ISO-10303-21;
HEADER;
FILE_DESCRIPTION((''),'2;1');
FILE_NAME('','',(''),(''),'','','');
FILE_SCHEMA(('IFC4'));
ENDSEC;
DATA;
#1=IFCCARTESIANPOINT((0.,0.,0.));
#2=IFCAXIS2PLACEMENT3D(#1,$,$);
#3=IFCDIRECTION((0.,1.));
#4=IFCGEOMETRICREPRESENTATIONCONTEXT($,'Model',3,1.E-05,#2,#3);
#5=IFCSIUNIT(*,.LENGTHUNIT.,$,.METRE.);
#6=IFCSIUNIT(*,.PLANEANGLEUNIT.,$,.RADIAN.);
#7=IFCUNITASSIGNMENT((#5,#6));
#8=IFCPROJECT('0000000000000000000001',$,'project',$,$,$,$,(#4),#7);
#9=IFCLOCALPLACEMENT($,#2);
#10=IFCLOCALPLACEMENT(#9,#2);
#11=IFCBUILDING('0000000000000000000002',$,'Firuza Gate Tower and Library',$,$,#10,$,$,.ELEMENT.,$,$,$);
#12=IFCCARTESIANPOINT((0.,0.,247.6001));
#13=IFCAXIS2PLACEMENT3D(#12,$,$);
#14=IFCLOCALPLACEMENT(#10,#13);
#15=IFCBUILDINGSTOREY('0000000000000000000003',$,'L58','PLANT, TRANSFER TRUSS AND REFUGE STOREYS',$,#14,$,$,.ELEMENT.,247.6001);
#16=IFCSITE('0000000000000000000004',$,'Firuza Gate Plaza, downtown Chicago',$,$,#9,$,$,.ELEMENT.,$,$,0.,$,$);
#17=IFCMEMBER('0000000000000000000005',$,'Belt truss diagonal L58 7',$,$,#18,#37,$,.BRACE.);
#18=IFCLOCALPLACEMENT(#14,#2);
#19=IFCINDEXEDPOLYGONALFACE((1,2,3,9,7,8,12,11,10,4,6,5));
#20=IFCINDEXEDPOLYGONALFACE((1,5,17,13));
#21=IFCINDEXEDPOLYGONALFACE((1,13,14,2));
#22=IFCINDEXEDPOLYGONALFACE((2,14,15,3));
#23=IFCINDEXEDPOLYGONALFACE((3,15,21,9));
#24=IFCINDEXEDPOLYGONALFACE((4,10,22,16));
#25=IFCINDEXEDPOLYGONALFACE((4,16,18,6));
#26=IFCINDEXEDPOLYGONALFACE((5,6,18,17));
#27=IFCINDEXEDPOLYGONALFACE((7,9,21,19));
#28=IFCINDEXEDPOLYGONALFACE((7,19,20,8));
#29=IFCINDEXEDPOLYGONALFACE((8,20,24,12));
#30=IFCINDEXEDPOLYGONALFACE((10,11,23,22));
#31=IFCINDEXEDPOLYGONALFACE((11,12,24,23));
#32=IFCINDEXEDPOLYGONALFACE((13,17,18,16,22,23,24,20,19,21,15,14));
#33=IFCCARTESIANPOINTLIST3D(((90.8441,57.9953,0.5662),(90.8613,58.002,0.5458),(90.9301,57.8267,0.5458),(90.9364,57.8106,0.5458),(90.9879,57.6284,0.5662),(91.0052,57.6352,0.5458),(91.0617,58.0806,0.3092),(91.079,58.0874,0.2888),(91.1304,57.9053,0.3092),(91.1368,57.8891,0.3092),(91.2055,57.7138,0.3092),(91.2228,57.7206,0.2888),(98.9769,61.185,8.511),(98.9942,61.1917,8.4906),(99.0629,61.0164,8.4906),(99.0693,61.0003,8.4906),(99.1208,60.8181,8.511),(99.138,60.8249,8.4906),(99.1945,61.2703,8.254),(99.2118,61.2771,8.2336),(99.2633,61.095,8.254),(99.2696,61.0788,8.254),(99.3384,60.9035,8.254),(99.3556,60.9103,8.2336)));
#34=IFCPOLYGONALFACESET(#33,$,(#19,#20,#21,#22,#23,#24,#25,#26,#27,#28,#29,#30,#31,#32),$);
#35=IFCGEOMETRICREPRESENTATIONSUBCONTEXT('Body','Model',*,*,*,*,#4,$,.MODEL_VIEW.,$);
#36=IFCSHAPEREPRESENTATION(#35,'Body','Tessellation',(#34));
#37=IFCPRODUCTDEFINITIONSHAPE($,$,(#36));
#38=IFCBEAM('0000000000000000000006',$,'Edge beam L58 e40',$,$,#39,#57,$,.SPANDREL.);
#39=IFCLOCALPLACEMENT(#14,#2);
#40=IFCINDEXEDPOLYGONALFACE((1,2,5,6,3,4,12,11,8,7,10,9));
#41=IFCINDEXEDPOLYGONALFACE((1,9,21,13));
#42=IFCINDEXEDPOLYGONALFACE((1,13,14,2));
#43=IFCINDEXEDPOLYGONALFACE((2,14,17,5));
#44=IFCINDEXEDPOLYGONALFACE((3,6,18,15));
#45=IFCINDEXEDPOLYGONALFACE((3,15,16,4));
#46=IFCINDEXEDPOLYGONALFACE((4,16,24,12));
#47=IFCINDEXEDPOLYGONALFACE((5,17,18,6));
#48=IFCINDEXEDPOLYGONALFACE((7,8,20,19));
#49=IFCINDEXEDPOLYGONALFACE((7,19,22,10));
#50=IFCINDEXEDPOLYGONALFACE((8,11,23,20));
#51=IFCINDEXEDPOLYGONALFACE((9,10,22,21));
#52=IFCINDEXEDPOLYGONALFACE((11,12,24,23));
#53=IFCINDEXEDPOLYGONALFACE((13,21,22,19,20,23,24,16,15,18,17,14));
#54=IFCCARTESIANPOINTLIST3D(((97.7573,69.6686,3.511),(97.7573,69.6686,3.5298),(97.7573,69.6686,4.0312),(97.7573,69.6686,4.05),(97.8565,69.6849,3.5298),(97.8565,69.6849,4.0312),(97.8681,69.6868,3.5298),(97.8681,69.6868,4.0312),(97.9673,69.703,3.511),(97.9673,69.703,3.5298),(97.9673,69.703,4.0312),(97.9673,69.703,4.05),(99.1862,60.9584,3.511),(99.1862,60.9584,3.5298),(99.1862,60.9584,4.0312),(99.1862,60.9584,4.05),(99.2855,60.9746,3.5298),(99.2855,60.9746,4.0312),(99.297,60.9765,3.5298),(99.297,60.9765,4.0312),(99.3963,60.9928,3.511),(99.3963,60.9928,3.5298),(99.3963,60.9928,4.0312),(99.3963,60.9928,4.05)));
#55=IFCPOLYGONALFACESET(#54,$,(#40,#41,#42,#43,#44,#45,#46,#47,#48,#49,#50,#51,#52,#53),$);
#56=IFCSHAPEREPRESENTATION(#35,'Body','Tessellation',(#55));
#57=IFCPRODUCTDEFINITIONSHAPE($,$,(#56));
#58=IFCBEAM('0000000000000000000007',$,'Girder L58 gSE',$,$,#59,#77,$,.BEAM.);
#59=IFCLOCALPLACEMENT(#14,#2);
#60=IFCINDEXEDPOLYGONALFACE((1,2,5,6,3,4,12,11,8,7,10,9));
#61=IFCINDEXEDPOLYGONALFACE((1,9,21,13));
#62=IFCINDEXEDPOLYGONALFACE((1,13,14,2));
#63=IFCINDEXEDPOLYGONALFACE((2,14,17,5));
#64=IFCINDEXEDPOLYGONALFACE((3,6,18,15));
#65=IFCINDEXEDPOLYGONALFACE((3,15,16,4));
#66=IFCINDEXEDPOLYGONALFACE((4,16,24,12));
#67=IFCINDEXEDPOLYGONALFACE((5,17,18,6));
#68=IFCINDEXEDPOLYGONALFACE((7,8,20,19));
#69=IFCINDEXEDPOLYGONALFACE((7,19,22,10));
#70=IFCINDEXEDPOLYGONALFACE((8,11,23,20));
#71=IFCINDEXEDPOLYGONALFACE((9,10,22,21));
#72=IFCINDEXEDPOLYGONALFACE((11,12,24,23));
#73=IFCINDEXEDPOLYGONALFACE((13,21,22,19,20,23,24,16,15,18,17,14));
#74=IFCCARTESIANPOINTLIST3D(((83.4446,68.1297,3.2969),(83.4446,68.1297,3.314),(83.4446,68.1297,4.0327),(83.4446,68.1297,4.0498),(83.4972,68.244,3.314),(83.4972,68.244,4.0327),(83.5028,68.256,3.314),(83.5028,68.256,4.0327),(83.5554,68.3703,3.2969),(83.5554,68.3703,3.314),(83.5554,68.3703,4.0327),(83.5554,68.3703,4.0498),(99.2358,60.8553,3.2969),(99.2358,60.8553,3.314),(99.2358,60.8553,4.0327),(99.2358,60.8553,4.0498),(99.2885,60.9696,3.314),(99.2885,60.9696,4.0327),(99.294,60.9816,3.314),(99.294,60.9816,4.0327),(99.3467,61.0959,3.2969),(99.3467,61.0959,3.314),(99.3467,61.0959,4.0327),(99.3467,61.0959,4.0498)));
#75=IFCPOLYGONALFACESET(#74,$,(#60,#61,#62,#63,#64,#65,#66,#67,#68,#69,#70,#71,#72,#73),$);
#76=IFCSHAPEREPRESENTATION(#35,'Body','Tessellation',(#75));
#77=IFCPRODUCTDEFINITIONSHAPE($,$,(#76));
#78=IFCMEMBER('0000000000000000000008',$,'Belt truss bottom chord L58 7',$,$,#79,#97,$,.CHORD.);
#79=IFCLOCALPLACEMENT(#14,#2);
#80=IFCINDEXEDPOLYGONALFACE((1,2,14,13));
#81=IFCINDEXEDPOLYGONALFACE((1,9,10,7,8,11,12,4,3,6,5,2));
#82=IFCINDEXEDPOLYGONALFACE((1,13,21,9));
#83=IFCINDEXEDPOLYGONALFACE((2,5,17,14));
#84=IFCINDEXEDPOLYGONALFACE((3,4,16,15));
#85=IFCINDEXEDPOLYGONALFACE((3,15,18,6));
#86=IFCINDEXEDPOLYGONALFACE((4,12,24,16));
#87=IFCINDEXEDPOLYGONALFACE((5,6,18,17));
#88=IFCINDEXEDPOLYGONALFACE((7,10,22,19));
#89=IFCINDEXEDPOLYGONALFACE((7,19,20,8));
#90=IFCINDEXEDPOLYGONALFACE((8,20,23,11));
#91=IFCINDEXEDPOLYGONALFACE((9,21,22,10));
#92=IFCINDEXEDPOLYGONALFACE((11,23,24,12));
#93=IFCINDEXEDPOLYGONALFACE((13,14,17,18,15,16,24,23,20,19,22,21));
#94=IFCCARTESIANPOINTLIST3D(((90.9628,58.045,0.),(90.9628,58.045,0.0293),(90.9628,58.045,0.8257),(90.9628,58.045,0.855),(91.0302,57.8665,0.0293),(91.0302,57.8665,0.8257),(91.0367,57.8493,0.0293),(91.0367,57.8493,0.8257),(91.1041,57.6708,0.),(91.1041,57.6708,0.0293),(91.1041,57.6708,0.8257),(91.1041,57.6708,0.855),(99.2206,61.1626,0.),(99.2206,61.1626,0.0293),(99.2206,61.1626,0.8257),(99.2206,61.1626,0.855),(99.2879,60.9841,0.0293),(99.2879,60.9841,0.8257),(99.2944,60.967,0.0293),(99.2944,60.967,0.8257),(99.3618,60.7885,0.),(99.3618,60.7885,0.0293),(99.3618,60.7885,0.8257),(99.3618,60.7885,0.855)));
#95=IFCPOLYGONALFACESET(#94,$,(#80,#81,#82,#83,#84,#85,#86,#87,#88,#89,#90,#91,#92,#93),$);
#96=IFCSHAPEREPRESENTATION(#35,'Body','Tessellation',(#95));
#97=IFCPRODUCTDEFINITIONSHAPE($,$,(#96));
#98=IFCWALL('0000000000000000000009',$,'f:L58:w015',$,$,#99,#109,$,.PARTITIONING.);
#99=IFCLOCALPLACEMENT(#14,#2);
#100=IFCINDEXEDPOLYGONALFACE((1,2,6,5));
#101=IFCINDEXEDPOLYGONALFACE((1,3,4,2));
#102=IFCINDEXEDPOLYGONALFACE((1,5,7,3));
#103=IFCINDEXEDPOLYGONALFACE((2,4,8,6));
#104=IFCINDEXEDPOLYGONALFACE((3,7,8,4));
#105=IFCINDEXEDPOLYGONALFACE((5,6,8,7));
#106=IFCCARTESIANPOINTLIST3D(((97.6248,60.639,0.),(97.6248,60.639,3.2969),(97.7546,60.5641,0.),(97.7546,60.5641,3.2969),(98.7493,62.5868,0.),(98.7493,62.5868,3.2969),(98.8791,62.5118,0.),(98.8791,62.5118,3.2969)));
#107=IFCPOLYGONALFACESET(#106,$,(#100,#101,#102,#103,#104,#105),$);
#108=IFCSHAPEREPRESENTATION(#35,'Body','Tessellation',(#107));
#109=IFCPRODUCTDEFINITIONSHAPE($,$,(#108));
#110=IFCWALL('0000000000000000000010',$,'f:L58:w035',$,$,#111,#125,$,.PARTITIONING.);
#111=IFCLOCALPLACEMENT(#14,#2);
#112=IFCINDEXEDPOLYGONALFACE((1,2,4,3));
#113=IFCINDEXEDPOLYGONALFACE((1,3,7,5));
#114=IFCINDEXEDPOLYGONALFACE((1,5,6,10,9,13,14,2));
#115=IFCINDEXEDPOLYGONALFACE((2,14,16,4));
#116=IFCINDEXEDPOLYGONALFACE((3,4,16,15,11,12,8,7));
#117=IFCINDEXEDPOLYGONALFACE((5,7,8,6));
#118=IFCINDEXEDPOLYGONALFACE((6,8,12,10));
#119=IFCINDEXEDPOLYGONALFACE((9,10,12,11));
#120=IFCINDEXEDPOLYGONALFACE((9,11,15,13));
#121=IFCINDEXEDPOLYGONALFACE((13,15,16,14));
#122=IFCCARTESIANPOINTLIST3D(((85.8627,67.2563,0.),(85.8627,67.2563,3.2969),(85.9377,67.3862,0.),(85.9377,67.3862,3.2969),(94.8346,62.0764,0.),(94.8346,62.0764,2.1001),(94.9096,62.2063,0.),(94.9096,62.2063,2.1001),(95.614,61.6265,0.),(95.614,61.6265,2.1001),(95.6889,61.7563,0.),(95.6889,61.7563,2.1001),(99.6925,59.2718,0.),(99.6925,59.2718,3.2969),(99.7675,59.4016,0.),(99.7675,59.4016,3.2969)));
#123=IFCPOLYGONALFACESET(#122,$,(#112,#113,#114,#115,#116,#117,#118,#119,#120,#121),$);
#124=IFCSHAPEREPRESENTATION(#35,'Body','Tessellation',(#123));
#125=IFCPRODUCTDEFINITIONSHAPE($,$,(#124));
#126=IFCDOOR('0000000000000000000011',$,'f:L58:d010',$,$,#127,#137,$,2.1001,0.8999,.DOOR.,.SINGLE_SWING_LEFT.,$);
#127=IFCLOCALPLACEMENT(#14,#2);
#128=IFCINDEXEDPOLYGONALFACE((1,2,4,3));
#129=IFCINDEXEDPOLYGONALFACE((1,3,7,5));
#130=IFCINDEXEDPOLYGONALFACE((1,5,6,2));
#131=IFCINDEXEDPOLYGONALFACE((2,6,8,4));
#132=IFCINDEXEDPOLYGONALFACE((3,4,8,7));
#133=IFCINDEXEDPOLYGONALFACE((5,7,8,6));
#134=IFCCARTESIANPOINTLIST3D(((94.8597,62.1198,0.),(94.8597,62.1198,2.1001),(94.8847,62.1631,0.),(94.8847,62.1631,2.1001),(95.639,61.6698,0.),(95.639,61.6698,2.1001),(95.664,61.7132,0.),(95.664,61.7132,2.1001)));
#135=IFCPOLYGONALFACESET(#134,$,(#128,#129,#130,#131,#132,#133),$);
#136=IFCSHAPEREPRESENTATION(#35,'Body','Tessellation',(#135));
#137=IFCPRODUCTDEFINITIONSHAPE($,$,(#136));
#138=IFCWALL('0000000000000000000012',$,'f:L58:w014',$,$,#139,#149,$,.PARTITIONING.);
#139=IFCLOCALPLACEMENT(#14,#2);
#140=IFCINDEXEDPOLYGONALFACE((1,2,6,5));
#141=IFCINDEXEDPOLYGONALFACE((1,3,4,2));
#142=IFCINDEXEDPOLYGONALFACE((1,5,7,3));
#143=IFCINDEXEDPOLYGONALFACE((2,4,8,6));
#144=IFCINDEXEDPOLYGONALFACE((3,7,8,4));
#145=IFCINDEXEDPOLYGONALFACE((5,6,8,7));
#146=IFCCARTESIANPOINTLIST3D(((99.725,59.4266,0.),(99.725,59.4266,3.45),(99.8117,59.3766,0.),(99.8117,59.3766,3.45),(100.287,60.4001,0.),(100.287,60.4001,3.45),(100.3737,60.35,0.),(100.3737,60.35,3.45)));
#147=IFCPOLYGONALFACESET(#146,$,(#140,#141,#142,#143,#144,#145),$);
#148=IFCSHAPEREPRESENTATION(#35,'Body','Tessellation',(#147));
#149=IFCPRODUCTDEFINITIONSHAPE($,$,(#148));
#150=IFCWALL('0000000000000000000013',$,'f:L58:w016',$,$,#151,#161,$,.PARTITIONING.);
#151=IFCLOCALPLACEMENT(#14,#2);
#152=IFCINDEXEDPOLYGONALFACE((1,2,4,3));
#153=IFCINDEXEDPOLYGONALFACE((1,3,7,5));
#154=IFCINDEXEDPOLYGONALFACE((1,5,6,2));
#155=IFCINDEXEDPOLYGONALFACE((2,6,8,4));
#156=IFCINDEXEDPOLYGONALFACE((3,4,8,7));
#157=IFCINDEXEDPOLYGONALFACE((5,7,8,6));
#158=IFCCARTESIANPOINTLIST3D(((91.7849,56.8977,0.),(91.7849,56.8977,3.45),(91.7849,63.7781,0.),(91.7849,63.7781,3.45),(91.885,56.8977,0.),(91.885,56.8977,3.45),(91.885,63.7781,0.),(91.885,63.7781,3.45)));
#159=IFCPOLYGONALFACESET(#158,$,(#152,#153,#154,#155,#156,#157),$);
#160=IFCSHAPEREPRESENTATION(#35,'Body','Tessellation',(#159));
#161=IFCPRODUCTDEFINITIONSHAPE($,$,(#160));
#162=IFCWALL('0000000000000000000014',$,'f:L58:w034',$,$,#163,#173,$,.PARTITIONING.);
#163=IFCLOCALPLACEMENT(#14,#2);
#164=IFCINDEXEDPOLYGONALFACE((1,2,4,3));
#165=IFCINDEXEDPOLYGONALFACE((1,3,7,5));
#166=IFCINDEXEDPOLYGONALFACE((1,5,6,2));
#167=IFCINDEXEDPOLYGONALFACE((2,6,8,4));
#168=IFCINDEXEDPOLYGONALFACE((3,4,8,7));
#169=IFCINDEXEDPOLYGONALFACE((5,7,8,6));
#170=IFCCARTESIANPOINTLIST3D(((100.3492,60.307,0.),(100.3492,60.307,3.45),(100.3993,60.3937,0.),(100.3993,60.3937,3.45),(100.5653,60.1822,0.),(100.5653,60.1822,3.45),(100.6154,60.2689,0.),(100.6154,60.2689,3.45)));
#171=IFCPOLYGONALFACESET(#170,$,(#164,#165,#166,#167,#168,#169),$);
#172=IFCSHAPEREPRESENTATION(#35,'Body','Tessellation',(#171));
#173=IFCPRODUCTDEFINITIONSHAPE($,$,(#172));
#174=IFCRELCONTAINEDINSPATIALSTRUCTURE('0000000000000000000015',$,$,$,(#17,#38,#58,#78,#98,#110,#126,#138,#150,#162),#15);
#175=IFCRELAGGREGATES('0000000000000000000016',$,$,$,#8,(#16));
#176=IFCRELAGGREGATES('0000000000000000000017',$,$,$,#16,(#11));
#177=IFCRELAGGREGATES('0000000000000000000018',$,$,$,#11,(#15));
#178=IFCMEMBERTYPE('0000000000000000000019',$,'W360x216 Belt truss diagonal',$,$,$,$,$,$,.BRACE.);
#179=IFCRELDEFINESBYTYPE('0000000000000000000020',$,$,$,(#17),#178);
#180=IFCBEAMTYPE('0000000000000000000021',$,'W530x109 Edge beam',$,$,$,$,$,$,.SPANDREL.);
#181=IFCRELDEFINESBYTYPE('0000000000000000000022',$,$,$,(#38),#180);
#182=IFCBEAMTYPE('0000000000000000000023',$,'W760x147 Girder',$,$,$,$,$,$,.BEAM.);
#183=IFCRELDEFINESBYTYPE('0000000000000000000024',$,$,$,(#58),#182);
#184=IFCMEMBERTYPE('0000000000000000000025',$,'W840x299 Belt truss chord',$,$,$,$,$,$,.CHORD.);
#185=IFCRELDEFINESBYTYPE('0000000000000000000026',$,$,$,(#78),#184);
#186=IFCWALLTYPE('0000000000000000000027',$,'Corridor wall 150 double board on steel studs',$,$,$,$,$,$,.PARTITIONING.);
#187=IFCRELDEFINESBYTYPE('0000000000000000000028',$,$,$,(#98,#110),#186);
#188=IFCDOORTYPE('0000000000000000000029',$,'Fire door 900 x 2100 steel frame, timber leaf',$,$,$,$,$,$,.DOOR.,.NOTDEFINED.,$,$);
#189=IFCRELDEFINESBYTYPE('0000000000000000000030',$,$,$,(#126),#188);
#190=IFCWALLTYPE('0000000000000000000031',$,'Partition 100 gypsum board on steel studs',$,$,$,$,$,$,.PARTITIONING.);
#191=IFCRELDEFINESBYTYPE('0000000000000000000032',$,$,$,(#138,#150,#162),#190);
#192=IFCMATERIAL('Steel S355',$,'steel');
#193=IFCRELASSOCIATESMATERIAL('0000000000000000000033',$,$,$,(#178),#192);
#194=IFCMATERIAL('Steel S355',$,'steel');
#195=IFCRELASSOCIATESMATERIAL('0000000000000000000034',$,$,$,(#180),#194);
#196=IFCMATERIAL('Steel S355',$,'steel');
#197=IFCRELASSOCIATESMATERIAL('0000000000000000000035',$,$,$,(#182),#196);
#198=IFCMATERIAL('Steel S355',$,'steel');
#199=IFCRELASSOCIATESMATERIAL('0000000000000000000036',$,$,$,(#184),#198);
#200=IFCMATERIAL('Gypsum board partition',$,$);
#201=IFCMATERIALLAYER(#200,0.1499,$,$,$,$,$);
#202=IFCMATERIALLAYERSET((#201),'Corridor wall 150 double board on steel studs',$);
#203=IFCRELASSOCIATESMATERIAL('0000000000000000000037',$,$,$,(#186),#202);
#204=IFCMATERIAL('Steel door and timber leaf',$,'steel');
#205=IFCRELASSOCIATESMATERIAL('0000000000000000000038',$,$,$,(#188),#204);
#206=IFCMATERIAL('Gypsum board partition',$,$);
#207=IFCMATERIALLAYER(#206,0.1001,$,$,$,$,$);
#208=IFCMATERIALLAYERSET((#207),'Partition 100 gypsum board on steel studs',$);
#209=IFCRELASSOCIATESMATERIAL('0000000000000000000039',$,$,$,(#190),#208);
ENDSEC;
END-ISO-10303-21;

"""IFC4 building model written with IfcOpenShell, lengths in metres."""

from ifc_helpers import new_model, si_unit, direction, frame, frame_2d, origin, origin_2d, place, context, subcontext, project, spatial, rectangle, i_section, extrude, material, layer, layer_set, material_profile, profile_set, type_object, element, fill, save


model = new_model("IFC4")

# Units and contexts
model_context = context("Model", 3, precision=1e-05, world=origin(), true_north=direction((0.0, 1.0)))
body_context = subcontext(model_context, "Body", "Model", "MODEL_VIEW")
ifc_project = project(units=[si_unit("LENGTHUNIT", "METRE"), si_unit("PLANEANGLEUNIT", "RADIAN")], contexts=[model_context])

# Site, building, storey
site_placement = place(None, origin())
site = spatial("IfcSite", under=ifc_project, at=site_placement, Name="Firuza Gate Plaza, downtown Chicago", CompositionType="ELEMENT", RefElevation=0.0)
building_placement = place(site_placement, origin())
building = spatial("IfcBuilding", under=site, at=building_placement, Name="Firuza Gate Tower and Library", CompositionType="ELEMENT")
storey_placement = place(building_placement, frame((0.0, 0.0, 247.6001)))
storey = spatial("IfcBuildingStorey", under=building, at=storey_placement, Name="L58", Description="PLANT, TRANSFER TRUSS AND REFUGE STOREYS", CompositionType="ELEMENT", Elevation=247.6001)

# Member
ifc_material_1 = material(Name="Steel S355", Category="steel")
ifc_material_profile_1 = material_profile(ifc_material_1, i_section(OverallWidth=0.394, OverallDepth=0.375, WebThickness=0.0173, FlangeThickness=0.0276, at=origin_2d()))
ifc_profile_set_1 = profile_set([ifc_material_profile_1], Name="Steel S355")
member_type_1 = type_object("IfcMemberType", Name="W360x216 Belt truss diagonal", PredefinedType="BRACE", material=ifc_profile_set_1)
member_1_placement = place(storey_placement, frame((91.0334, 57.8579, 0.4275), z_axis=(0.688734, 0.270122, 0.672814), x_axis=(-0.365123, 0.930959, 0.0)))
element("IfcMember", 1, at=member_1_placement, inside=storey, type_object=member_type_1, Name="Belt truss diagonal L58 7", PredefinedType="BRACE", context=body_context, shape_type="SweptSolid", body=[
    extrude(i_section(OverallWidth=0.394, OverallDepth=0.375, WebThickness=0.0173, FlangeThickness=0.0276, at=origin_2d()), origin(), (0.0, 0.0, 1.0), 11.8083),
])

# Beams
ifc_material_2 = material(Name="Steel S355", Category="steel")
ifc_material_profile_2 = material_profile(ifc_material_2, i_section(OverallWidth=0.2129, OverallDepth=0.5391, WebThickness=0.0117, FlangeThickness=0.0188, at=origin_2d()))
ifc_profile_set_2 = profile_set([ifc_material_profile_2], Name="Steel S355")
beam_type_1 = type_object("IfcBeamType", Name="W530x109 Edge beam", PredefinedType="SPANDREL", material=ifc_profile_set_2)
beam_1_placement = place(storey_placement, frame((99.2913, 60.9756, 3.7805), z_axis=(-0.161891, 0.986809, 0.0), x_axis=(-0.986809, -0.161891, 0.0)))
element("IfcBeam", 2, at=beam_1_placement, inside=storey, type_object=beam_type_1, Name="Edge beam L58 e40", PredefinedType="SPANDREL", context=body_context, shape_type="SweptSolid", body=[
    extrude(i_section(OverallWidth=0.2129, OverallDepth=0.5391, WebThickness=0.0117, FlangeThickness=0.0188, at=origin_2d()), origin(), (0.0, 0.0, 1.0), 8.8267),
])
ifc_material_3 = material(Name="Steel S355", Category="steel")
ifc_material_profile_3 = material_profile(ifc_material_3, i_section(OverallWidth=0.2649, OverallDepth=0.7529, WebThickness=0.0132, FlangeThickness=0.0171, at=origin_2d()))
ifc_profile_set_3 = profile_set([ifc_material_profile_3], Name="Steel S355")
beam_type_2 = type_object("IfcBeamType", Name="W760x147 Girder", PredefinedType="BEAM", material=ifc_profile_set_3)
beam_2_placement = place(storey_placement, frame((99.2913, 60.9756, 3.6733), z_axis=(-0.908262, 0.418401, 0.0), x_axis=(-0.418401, -0.908262, 0.0)))
element("IfcBeam", 3, at=beam_2_placement, inside=storey, type_object=beam_type_2, Name="Girder L58 gSE", PredefinedType="BEAM", context=body_context, shape_type="SweptSolid", body=[
    extrude(i_section(OverallWidth=0.2649, OverallDepth=0.7529, WebThickness=0.0132, FlangeThickness=0.0171, at=origin_2d()), origin(), (0.0, 0.0, 1.0), 17.3862),
])

# Member
ifc_material_4 = material(Name="Steel S355", Category="steel")
ifc_material_profile_4 = material_profile(ifc_material_4, i_section(OverallWidth=0.3999, OverallDepth=0.855, WebThickness=0.0183, FlangeThickness=0.0293, at=origin_2d()))
ifc_profile_set_4 = profile_set([ifc_material_profile_4], Name="Steel S355")
member_type_2 = type_object("IfcMemberType", Name="W840x299 Belt truss chord", PredefinedType="CHORD", material=ifc_profile_set_4)
member_2_placement = place(storey_placement, frame((91.0334, 57.8579, 0.4275), z_axis=(0.935545, 0.353208, 0.0), x_axis=(-0.353208, 0.935545, 0.0)))
element("IfcMember", 4, at=member_2_placement, inside=storey, type_object=member_type_2, Name="Belt truss bottom chord L58 7", PredefinedType="CHORD", context=body_context, shape_type="SweptSolid", body=[
    extrude(i_section(OverallWidth=0.3999, OverallDepth=0.855, WebThickness=0.0183, FlangeThickness=0.0293, at=origin_2d()), origin(), (0.0, 0.0, 1.0), 8.8267),
])

# Wall
ifc_material_5 = material(Name="Gypsum board partition")
ifc_layer_1 = layer(ifc_material_5, 0.1499)
ifc_layer_set_1 = layer_set([ifc_layer_1], Name="Corridor wall 150 double board on steel studs")
wall_type_1 = type_object("IfcWallType", Name="Corridor wall 150 double board on steel studs", PredefinedType="PARTITIONING", material=ifc_layer_set_1)
wall_1_placement = place(storey_placement, frame((97.6897, 60.6016, 0.0), z_axis=(0.0, 0.0, 1.0), x_axis=(0.499992, 0.86603, 0.0)))
element("IfcWall", 5, at=wall_1_placement, inside=storey, type_object=wall_type_1, Name="f:L58:w015", PredefinedType="PARTITIONING", context=body_context, shape_type="SweptSolid", body=[
    extrude(rectangle(XDim=2.249, YDim=0.1499, at=frame_2d((1.1245, 0.0))), origin(), (0.0, 0.0, 1.0), 3.2969),
])

# Wall, opening, door
wall_2_placement = place(storey_placement, frame((99.73, 59.3367, 0.0), z_axis=(0.0, 0.0, 1.0), x_axis=(-0.866026, 0.499998, 0.0)))
wall_2 = element("IfcWall", 6, at=wall_2_placement, inside=storey, type_object=wall_type_1, Name="f:L58:w035", PredefinedType="PARTITIONING", context=body_context, shape_type="SweptSolid", body=[
    extrude(rectangle(XDim=15.9692, YDim=0.1499, at=frame_2d((7.9846, 0.0))), origin(), (0.0, 0.0, 1.0), 3.2969),
])
opening_1_placement = place(wall_2_placement, frame((4.7095, 0.0, 0.0)))
opening_1 = element("IfcOpeningElement", 7, at=opening_1_placement, cuts=wall_2, PredefinedType="OPENING", context=body_context, shape_type="SweptSolid", body=[
    extrude(rectangle(XDim=0.8999, YDim=2.1001, at=frame_2d((0.45, 1.05))), frame((0.0, 0.085, 0.0), z_axis=(0.0, -1.0, 0.0), x_axis=(1.0, 0.0, 0.0)), (0.0, 0.0, 1.0), 0.1699),
])
ifc_material_6 = material(Name="Steel door and timber leaf", Category="steel")
door_type = type_object("IfcDoorType", Name="Fire door 900 x 2100 steel frame, timber leaf", OperationType="NOTDEFINED", PredefinedType="DOOR", material=ifc_material_6)
door_placement = place(opening_1_placement, origin())
door = element("IfcDoor", 8, at=door_placement, inside=storey, type_object=door_type, Name="f:L58:d010", OperationType="SINGLE_SWING_LEFT", OverallHeight=2.1001, OverallWidth=0.8999, PredefinedType="DOOR", context=body_context, shape_type="SweptSolid", body=[
    extrude(rectangle(XDim=0.8999, YDim=2.1001, at=frame_2d((0.45, 1.05))), frame((0.0, 0.0249, 0.0), z_axis=(0.0, -1.0, 0.0), x_axis=(1.0, 0.0, 0.0)), (0.0, 0.0, 1.0), 0.05),
])
fill(opening_1, door)

# Walls
ifc_material_7 = material(Name="Gypsum board partition")
ifc_layer_2 = layer(ifc_material_7, 0.1001)
ifc_layer_set_2 = layer_set([ifc_layer_2], Name="Partition 100 gypsum board on steel studs")
wall_type_2 = type_object("IfcWallType", Name="Partition 100 gypsum board on steel studs", PredefinedType="PARTITIONING", material=ifc_layer_set_2)
wall_3_placement = place(storey_placement, frame((99.7683, 59.4016, 0.0), z_axis=(0.0, 0.0, 1.0), x_axis=(0.500017, 0.866016, 0.0)))
element("IfcWall", 9, at=wall_3_placement, inside=storey, type_object=wall_type_2, Name="f:L58:w014", PredefinedType="PARTITIONING", context=body_context, shape_type="SweptSolid", body=[
    extrude(rectangle(XDim=1.124, YDim=0.1001, at=frame_2d((0.562, 0.0))), origin(), (0.0, 0.0, 1.0), 3.45),
])
wall_4_placement = place(storey_placement, frame((91.835, 56.8977, 0.0), z_axis=(0.0, 0.0, 1.0), x_axis=(0.0, 1.0, 0.0)))
element("IfcWall", 10, at=wall_4_placement, inside=storey, type_object=wall_type_2, Name="f:L58:w016", PredefinedType="PARTITIONING", context=body_context, shape_type="SweptSolid", body=[
    extrude(rectangle(XDim=6.8804, YDim=0.1001, at=frame_2d((3.4402, 0.0))), origin(), (0.0, 0.0, 1.0), 3.45),
])
wall_5_placement = place(storey_placement, frame((100.5903, 60.2256, 0.0), z_axis=(0.0, 0.0, 1.0), x_axis=(-0.866006, 0.500033, 0.0)))
element("IfcWall", 11, at=wall_5_placement, inside=storey, type_object=wall_type_2, Name="f:L58:w034", PredefinedType="PARTITIONING", context=body_context, shape_type="SweptSolid", body=[
    extrude(rectangle(XDim=0.2495, YDim=0.1001, at=frame_2d((0.1248, 0.0))), origin(), (0.0, 0.0, 1.0), 3.45),
])

save(model, "model.ifc")
